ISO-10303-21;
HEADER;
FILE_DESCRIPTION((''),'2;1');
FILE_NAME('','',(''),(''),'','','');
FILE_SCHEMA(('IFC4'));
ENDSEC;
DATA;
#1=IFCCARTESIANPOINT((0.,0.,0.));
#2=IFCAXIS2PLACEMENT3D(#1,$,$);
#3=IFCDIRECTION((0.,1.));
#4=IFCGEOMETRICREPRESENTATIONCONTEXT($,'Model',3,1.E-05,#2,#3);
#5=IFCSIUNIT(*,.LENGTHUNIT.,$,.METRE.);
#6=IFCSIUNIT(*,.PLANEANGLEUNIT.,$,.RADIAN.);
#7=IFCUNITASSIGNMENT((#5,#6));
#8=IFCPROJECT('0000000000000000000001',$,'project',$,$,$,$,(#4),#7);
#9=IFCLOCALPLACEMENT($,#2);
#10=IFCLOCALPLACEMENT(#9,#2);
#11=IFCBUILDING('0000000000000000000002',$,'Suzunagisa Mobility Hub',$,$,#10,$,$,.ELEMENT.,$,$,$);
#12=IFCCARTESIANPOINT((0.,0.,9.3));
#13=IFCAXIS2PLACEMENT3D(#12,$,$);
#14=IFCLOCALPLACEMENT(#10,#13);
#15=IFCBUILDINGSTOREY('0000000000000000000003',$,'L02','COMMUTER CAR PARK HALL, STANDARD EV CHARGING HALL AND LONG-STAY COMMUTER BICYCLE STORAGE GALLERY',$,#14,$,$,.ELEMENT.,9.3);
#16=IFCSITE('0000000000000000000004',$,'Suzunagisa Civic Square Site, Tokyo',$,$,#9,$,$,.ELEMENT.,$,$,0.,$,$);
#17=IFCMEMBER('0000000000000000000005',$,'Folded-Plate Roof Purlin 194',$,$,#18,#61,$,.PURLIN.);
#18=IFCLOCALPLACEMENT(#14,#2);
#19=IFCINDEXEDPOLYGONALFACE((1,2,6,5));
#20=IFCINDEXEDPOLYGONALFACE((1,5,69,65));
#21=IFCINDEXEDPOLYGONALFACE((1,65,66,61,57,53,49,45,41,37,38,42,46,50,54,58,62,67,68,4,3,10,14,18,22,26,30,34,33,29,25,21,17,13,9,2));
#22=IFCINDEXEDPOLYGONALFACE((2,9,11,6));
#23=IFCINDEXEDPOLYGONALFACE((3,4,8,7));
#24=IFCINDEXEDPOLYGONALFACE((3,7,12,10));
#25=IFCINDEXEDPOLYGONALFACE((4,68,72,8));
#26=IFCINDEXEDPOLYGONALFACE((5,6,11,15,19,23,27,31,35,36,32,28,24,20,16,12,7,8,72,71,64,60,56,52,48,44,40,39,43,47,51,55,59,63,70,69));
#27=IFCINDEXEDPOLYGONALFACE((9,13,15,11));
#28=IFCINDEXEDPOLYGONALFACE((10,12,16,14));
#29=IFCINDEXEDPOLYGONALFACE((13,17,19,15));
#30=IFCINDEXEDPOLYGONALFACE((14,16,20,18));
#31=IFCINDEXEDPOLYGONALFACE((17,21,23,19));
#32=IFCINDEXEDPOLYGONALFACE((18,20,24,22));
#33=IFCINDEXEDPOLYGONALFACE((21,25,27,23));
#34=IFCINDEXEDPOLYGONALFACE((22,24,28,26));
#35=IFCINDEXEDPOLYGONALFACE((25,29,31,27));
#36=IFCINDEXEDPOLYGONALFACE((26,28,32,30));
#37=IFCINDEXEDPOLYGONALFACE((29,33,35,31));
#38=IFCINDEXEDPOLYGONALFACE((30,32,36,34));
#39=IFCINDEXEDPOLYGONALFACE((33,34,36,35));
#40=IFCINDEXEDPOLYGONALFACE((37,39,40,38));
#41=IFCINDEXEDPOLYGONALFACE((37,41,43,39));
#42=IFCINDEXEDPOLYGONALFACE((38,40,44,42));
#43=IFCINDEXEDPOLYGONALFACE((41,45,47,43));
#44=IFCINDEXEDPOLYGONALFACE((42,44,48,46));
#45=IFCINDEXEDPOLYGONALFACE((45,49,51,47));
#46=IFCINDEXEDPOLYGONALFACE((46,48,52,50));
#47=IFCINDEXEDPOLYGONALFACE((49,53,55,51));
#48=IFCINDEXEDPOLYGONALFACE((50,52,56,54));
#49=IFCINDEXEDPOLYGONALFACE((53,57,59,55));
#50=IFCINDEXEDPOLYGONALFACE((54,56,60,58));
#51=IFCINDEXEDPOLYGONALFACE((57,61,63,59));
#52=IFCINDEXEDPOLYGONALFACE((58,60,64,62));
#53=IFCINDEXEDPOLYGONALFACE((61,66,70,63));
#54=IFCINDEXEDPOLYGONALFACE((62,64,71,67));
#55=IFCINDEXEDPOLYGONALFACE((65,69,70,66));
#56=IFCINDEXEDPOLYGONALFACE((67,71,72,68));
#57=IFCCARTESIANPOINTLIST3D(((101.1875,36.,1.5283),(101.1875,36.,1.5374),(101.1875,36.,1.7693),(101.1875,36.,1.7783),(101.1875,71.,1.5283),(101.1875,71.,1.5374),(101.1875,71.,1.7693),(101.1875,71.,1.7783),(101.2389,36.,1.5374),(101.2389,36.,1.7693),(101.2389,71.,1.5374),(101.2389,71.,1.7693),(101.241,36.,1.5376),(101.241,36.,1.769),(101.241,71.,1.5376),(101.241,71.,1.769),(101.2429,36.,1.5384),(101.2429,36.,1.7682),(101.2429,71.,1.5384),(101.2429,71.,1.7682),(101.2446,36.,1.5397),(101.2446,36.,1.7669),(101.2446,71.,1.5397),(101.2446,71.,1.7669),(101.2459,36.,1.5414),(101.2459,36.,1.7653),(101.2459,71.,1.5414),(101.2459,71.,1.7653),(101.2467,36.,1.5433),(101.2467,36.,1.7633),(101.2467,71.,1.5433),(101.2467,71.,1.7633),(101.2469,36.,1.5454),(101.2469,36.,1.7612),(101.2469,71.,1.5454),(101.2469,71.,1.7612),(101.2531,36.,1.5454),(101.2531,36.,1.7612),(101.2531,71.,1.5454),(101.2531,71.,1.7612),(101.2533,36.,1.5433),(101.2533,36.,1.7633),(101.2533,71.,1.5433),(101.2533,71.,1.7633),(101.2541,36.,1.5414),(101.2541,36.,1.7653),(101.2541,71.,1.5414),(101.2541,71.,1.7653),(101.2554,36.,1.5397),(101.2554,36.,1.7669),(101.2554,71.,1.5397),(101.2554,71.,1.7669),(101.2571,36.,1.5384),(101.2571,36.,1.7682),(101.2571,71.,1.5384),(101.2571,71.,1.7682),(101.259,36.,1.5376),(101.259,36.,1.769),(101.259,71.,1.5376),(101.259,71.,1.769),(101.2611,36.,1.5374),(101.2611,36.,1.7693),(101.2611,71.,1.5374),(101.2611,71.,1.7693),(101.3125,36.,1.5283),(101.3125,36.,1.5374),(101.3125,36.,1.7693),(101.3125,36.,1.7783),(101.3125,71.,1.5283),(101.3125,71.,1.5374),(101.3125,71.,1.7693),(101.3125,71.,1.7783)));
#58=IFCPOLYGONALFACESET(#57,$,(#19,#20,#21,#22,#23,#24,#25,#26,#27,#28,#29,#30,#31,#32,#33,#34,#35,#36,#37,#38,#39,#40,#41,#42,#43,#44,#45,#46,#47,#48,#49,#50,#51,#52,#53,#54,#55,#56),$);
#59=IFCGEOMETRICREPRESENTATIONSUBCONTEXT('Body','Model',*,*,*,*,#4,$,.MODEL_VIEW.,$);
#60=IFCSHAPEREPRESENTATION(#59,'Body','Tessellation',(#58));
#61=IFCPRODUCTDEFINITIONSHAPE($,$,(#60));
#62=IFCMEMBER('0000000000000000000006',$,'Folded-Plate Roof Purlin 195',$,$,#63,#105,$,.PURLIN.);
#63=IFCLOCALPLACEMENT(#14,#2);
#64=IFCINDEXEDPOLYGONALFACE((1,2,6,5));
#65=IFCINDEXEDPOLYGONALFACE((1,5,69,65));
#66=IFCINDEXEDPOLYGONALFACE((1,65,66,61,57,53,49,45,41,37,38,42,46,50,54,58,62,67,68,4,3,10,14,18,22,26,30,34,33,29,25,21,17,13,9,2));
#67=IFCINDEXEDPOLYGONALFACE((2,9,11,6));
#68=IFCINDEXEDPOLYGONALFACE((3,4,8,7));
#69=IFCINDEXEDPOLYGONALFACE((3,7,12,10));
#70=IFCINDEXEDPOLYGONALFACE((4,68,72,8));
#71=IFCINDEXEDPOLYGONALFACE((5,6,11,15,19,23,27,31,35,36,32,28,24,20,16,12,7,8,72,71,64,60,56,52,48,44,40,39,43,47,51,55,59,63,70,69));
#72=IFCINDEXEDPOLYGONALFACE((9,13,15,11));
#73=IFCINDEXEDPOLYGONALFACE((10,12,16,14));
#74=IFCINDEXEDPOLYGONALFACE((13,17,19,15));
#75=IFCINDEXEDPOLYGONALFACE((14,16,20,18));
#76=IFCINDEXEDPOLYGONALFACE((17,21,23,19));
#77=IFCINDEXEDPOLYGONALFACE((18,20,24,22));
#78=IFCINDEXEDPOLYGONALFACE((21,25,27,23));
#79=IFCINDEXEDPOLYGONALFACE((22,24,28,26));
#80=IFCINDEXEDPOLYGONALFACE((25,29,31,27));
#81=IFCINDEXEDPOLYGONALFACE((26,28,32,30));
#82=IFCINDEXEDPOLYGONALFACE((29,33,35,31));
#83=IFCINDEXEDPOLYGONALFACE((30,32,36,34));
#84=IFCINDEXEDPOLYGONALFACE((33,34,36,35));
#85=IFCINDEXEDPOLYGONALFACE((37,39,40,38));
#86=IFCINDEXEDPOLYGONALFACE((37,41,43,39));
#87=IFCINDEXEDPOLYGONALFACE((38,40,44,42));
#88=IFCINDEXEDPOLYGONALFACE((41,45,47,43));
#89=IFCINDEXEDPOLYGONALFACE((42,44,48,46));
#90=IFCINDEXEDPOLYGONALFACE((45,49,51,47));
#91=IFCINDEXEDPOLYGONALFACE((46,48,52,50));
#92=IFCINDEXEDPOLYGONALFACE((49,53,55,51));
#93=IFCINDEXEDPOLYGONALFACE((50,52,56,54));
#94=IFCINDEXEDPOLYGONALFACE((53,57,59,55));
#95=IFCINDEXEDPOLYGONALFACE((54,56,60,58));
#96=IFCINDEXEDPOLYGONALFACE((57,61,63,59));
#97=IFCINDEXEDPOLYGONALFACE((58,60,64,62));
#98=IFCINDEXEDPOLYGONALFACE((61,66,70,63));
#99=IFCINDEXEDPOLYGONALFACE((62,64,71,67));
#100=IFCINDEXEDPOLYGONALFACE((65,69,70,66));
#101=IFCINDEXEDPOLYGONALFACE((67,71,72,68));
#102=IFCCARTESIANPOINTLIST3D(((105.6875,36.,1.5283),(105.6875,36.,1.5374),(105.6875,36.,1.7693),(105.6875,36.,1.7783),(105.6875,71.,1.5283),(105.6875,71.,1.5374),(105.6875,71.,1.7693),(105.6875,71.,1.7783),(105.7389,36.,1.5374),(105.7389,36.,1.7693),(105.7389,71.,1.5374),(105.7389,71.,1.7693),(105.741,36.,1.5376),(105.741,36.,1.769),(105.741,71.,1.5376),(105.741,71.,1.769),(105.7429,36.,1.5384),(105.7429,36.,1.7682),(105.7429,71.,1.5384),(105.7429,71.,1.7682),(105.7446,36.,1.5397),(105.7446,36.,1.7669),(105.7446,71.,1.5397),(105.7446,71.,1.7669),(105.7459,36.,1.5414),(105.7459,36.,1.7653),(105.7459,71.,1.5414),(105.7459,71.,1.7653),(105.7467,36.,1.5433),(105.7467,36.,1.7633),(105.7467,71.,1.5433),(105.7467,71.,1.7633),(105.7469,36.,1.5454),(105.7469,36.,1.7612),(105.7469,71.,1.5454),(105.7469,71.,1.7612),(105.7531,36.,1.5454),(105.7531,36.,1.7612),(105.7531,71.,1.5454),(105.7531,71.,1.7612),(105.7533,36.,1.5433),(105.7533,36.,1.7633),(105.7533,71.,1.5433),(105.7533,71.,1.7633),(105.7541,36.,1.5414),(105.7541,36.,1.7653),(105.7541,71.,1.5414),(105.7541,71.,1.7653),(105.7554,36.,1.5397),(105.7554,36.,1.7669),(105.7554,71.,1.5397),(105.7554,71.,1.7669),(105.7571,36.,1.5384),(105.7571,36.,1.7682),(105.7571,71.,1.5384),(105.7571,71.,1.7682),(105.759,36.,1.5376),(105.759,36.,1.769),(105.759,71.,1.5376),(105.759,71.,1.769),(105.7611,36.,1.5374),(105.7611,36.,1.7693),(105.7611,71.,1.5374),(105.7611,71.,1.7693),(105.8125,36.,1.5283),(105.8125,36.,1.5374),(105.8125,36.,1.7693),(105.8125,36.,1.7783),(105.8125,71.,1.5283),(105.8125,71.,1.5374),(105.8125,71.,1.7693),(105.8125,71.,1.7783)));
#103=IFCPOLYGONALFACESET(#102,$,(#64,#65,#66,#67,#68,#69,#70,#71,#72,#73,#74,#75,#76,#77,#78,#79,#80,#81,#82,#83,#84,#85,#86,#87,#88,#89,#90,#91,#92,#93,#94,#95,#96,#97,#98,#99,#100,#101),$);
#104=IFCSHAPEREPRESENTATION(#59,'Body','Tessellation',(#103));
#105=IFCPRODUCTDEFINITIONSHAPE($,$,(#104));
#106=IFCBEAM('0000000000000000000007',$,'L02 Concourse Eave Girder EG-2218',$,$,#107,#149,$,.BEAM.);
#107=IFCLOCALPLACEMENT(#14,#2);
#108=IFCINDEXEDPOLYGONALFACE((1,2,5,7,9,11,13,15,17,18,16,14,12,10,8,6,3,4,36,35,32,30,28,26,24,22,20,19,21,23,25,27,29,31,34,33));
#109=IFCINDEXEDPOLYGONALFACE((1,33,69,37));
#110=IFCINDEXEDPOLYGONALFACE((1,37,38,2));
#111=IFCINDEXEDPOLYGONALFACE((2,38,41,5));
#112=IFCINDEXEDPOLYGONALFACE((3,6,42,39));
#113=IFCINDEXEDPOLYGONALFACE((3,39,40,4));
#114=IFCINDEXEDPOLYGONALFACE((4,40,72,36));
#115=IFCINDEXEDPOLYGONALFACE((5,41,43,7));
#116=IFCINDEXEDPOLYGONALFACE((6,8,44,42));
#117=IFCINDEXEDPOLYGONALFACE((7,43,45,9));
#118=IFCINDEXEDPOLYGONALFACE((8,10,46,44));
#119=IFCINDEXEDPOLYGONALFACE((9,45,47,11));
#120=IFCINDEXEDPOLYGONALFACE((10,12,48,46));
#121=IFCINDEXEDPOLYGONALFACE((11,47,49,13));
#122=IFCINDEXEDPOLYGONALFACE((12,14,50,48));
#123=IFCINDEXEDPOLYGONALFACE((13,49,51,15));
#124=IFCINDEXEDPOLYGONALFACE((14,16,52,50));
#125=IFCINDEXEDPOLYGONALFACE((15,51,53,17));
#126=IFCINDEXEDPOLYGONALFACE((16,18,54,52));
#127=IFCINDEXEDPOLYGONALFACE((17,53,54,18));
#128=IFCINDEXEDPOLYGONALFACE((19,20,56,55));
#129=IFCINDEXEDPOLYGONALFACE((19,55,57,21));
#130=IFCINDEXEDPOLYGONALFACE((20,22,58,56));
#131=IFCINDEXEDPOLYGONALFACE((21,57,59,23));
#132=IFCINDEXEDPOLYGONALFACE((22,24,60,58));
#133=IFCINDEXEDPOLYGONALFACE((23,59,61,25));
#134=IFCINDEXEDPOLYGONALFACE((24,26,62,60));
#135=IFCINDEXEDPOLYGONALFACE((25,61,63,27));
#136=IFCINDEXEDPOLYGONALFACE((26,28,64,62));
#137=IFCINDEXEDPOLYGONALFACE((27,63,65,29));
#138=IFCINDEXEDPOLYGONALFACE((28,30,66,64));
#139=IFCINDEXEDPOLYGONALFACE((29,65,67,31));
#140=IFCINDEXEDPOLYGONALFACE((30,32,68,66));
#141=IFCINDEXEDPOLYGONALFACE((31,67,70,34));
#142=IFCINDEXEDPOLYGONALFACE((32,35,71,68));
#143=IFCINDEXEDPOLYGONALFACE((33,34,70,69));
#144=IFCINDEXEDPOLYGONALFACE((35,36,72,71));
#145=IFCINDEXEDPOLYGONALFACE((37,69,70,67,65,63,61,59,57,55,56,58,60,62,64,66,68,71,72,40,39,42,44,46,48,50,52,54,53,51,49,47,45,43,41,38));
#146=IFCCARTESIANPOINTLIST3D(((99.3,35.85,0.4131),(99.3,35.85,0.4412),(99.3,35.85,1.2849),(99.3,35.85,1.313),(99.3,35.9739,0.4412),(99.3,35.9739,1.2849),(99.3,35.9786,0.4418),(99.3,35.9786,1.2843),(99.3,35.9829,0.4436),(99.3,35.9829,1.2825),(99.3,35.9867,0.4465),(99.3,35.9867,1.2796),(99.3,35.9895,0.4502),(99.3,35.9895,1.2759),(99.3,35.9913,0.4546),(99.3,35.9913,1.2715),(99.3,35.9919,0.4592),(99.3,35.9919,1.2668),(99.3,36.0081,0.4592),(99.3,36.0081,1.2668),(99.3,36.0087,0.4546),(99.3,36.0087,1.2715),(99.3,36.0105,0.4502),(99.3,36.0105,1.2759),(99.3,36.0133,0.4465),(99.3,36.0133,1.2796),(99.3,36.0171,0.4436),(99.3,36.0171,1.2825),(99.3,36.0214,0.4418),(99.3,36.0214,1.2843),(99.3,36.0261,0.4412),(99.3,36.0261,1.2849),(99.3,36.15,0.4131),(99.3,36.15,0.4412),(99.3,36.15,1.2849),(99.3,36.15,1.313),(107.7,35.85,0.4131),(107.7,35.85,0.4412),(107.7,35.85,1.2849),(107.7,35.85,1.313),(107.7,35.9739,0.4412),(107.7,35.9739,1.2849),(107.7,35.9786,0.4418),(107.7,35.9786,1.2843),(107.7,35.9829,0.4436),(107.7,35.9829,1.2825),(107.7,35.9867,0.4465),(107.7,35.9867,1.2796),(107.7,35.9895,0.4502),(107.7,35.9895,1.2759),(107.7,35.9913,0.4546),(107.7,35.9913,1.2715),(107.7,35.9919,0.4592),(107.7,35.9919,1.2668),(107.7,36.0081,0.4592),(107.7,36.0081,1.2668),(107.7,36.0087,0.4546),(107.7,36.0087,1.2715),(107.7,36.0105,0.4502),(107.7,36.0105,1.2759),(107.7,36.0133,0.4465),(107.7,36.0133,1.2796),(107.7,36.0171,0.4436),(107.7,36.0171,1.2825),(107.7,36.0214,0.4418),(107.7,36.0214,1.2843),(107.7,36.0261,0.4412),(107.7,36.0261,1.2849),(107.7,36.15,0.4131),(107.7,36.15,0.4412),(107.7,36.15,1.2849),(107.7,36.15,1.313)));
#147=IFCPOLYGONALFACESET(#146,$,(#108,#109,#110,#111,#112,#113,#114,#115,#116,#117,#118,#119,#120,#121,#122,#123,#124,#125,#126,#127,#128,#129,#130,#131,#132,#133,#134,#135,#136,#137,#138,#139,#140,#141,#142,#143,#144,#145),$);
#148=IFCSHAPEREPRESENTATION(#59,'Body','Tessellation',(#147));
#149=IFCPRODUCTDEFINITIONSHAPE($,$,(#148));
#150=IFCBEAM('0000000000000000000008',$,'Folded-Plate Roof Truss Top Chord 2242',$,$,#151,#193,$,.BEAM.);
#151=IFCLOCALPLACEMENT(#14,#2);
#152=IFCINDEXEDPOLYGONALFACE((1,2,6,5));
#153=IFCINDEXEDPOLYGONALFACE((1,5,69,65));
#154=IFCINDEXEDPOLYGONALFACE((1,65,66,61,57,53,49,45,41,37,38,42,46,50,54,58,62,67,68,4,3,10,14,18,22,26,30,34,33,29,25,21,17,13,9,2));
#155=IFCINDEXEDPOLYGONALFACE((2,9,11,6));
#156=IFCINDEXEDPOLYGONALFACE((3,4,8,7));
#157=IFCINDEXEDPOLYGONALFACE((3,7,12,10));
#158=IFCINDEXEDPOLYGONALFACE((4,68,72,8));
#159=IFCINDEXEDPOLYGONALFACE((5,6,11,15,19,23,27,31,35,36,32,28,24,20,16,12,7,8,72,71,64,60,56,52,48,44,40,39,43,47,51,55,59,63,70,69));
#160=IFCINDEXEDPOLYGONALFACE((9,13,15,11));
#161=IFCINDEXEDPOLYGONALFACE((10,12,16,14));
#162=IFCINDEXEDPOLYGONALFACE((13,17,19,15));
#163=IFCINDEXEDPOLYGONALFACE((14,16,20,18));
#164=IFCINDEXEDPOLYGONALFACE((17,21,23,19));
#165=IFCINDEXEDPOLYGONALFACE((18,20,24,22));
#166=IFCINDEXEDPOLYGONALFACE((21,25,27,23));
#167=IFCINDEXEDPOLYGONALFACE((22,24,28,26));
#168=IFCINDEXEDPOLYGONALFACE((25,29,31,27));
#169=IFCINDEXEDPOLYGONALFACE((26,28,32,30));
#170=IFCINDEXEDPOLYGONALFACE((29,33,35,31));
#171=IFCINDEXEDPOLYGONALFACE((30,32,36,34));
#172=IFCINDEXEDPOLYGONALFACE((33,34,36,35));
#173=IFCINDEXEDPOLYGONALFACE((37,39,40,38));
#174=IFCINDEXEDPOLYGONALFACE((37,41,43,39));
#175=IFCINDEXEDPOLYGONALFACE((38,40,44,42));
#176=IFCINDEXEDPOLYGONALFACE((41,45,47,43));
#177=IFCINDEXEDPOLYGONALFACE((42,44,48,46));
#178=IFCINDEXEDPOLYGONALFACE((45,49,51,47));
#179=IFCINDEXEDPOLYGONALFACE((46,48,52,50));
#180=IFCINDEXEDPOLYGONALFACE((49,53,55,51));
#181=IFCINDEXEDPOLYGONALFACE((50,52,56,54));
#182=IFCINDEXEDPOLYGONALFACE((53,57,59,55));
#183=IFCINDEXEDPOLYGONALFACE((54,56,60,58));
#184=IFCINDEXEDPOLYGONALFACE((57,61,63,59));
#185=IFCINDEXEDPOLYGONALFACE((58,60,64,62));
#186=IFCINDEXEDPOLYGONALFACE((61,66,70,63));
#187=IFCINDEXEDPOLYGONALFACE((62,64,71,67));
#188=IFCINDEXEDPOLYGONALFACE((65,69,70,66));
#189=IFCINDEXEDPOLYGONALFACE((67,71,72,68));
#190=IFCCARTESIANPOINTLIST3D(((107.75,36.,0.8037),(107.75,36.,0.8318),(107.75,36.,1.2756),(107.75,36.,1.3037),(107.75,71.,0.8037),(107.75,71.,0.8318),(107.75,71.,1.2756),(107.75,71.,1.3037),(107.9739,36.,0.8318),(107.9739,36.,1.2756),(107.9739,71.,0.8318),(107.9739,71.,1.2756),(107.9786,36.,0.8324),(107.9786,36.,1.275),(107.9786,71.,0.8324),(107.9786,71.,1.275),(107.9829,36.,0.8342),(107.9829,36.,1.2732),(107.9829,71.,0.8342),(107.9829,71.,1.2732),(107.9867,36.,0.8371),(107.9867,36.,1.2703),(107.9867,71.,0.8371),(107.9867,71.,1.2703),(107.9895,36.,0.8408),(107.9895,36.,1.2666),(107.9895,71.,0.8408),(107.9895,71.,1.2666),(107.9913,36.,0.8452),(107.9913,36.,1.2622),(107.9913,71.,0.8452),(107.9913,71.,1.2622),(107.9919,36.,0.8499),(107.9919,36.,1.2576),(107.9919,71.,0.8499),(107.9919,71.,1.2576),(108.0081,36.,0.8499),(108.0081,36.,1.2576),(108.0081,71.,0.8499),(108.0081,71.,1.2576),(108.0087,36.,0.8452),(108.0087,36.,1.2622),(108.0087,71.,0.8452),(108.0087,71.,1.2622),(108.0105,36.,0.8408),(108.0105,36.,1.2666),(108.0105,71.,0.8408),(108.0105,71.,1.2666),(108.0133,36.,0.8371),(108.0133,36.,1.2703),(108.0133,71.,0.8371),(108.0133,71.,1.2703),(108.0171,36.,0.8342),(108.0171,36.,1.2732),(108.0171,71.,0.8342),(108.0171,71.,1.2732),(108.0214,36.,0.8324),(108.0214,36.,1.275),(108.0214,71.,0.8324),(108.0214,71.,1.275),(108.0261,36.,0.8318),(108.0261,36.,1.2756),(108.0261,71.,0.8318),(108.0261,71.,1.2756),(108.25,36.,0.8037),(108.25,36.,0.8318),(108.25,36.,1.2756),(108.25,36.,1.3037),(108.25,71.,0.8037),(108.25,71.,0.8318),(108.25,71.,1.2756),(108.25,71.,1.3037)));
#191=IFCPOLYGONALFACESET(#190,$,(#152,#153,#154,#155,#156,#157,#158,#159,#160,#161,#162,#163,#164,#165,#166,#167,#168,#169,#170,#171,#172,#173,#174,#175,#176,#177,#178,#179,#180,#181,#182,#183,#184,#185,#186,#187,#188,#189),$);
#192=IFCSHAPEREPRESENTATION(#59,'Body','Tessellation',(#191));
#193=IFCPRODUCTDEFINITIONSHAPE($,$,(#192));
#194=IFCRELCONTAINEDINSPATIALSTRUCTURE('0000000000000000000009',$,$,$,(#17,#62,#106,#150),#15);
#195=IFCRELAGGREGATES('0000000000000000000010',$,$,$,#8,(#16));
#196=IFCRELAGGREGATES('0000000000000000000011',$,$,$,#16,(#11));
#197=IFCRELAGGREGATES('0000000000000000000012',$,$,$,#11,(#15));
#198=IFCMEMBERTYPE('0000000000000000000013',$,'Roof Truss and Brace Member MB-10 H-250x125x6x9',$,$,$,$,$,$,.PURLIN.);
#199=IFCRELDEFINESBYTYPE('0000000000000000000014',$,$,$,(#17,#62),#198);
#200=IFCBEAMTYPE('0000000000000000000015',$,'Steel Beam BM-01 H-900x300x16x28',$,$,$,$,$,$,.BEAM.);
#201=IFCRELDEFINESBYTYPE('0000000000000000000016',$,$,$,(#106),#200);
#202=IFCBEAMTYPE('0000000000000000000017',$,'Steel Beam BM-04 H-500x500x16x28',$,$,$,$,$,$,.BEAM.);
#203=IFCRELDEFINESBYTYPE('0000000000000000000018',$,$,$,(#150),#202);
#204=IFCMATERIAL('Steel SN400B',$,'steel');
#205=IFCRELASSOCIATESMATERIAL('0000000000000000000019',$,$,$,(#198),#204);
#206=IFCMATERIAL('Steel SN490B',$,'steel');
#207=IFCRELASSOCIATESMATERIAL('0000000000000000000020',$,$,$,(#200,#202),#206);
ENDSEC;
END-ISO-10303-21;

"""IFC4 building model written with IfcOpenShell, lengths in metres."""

from ifc_helpers import new_model, si_unit, direction, frame, origin, origin_2d, place, context, subcontext, project, spatial, i_section, extrude, material, material_profile, profile_set, type_object, element, save


model = new_model("IFC4")

# Units and contexts
model_context = context("Model", 3, precision=1e-05, world=origin(), true_north=direction((0.0, 1.0)))
body_context = subcontext(model_context, "Body", "Model", "MODEL_VIEW")
ifc_project = project(units=[si_unit("LENGTHUNIT", "METRE"), si_unit("PLANEANGLEUNIT", "RADIAN")], contexts=[model_context])

# Site, building, storey
site_placement = place(None, origin())
site = spatial("IfcSite", under=ifc_project, at=site_placement, Name="Suzunagisa Civic Square Site, Tokyo", CompositionType="ELEMENT", RefElevation=0.0)
building_placement = place(site_placement, origin())
building = spatial("IfcBuilding", under=site, at=building_placement, Name="Suzunagisa Mobility Hub", CompositionType="ELEMENT")
storey_placement = place(building_placement, frame((0.0, 0.0, 9.3)))
storey = spatial("IfcBuildingStorey", under=building, at=storey_placement, Name="L02", Description="COMMUTER CAR PARK HALL, STANDARD EV CHARGING HALL AND LONG-STAY COMMUTER BICYCLE STORAGE GALLERY", CompositionType="ELEMENT", Elevation=9.3)

# Shared definitions
ifc_material_1 = material(Name="Steel SN490B", Category="steel")

# Members
ifc_material_2 = material(Name="Steel SN400B", Category="steel")
ifc_material_profile_1 = material_profile(ifc_material_2, i_section(OverallWidth=0.125, OverallDepth=0.25, WebThickness=0.0061, FlangeThickness=0.009, FilletRadius=0.0081, at=origin_2d()), Name="H-250x125x6x9")
ifc_profile_set_1 = profile_set([ifc_material_profile_1], Name="Steel SN400B")
member_type_1 = type_object("IfcMemberType", Name="Roof Truss and Brace Member MB-10 H-250x125x6x9", PredefinedType="PURLIN", material=ifc_profile_set_1)
for number, where, z_axis, x_axis, name in (
    (1, (101.25, 36.0, 1.6533), (0.0, 1.0, 0.0), (-1.0, 0.0, 0.0), "Folded-Plate Roof Purlin 194"),
    (2, (105.75, 36.0, 1.6533), (0.0, 1.0, 0.0), (-1.0, 0.0, 0.0), "Folded-Plate Roof Purlin 195"),
):
    element("IfcMember", number, at=place(storey_placement, frame(where, z_axis=z_axis, x_axis=x_axis)), inside=storey, type_object=member_type_1, Name=name, PredefinedType="PURLIN", context=body_context, shape_type="SweptSolid", body=[
        extrude(i_section(OverallWidth=0.125, OverallDepth=0.25, WebThickness=0.0061, FlangeThickness=0.009, FilletRadius=0.0081, at=origin_2d()), origin(), (0.0, 0.0, 1.0), 35.0),
    ])

# Beams
ifc_material_profile_2 = material_profile(ifc_material_1, i_section(OverallWidth=0.3, OverallDepth=0.8999, WebThickness=0.0161, FlangeThickness=0.0281, FilletRadius=0.0181, at=origin_2d()), Name="H-900x300x16x28")
ifc_profile_set_2 = profile_set([ifc_material_profile_2], Name="Steel SN490B")
beam_type_1 = type_object("IfcBeamType", Name="Steel Beam BM-01 H-900x300x16x28", PredefinedType="BEAM", material=ifc_profile_set_2)
beam_1_placement = place(storey_placement, frame((99.3, 36.0, 0.863), z_axis=(1.0, 0.0, 0.0), x_axis=(0.0, 1.0, 0.0)))
element("IfcBeam", 3, at=beam_1_placement, inside=storey, type_object=beam_type_1, Name="L02 Concourse Eave Girder EG-2218", PredefinedType="BEAM", context=body_context, shape_type="SweptSolid", body=[
    extrude(i_section(OverallWidth=0.3, OverallDepth=0.8999, WebThickness=0.0161, FlangeThickness=0.0281, FilletRadius=0.0181, at=origin_2d()), origin(), (0.0, 0.0, 1.0), 8.3999),
])
ifc_material_profile_3 = material_profile(ifc_material_1, i_section(OverallWidth=0.5, OverallDepth=0.5, WebThickness=0.0161, FlangeThickness=0.0281, FilletRadius=0.0181, at=origin_2d()), Name="H-500x500x16x28")
ifc_profile_set_3 = profile_set([ifc_material_profile_3], Name="Steel SN490B")
beam_type_2 = type_object("IfcBeamType", Name="Steel Beam BM-04 H-500x500x16x28", PredefinedType="BEAM", material=ifc_profile_set_3)
beam_2_placement = place(storey_placement, frame((108.0, 36.0, 1.0537), z_axis=(0.0, 1.0, 0.0), x_axis=(-1.0, 0.0, 0.0)))
element("IfcBeam", 4, at=beam_2_placement, inside=storey, type_object=beam_type_2, Name="Folded-Plate Roof Truss Top Chord 2242", PredefinedType="BEAM", context=body_context, shape_type="SweptSolid", body=[
    extrude(i_section(OverallWidth=0.5, OverallDepth=0.5, WebThickness=0.0161, FlangeThickness=0.0281, FilletRadius=0.0181, at=origin_2d()), origin(), (0.0, 0.0, 1.0), 35.0),
])

save(model, "model.ifc")
